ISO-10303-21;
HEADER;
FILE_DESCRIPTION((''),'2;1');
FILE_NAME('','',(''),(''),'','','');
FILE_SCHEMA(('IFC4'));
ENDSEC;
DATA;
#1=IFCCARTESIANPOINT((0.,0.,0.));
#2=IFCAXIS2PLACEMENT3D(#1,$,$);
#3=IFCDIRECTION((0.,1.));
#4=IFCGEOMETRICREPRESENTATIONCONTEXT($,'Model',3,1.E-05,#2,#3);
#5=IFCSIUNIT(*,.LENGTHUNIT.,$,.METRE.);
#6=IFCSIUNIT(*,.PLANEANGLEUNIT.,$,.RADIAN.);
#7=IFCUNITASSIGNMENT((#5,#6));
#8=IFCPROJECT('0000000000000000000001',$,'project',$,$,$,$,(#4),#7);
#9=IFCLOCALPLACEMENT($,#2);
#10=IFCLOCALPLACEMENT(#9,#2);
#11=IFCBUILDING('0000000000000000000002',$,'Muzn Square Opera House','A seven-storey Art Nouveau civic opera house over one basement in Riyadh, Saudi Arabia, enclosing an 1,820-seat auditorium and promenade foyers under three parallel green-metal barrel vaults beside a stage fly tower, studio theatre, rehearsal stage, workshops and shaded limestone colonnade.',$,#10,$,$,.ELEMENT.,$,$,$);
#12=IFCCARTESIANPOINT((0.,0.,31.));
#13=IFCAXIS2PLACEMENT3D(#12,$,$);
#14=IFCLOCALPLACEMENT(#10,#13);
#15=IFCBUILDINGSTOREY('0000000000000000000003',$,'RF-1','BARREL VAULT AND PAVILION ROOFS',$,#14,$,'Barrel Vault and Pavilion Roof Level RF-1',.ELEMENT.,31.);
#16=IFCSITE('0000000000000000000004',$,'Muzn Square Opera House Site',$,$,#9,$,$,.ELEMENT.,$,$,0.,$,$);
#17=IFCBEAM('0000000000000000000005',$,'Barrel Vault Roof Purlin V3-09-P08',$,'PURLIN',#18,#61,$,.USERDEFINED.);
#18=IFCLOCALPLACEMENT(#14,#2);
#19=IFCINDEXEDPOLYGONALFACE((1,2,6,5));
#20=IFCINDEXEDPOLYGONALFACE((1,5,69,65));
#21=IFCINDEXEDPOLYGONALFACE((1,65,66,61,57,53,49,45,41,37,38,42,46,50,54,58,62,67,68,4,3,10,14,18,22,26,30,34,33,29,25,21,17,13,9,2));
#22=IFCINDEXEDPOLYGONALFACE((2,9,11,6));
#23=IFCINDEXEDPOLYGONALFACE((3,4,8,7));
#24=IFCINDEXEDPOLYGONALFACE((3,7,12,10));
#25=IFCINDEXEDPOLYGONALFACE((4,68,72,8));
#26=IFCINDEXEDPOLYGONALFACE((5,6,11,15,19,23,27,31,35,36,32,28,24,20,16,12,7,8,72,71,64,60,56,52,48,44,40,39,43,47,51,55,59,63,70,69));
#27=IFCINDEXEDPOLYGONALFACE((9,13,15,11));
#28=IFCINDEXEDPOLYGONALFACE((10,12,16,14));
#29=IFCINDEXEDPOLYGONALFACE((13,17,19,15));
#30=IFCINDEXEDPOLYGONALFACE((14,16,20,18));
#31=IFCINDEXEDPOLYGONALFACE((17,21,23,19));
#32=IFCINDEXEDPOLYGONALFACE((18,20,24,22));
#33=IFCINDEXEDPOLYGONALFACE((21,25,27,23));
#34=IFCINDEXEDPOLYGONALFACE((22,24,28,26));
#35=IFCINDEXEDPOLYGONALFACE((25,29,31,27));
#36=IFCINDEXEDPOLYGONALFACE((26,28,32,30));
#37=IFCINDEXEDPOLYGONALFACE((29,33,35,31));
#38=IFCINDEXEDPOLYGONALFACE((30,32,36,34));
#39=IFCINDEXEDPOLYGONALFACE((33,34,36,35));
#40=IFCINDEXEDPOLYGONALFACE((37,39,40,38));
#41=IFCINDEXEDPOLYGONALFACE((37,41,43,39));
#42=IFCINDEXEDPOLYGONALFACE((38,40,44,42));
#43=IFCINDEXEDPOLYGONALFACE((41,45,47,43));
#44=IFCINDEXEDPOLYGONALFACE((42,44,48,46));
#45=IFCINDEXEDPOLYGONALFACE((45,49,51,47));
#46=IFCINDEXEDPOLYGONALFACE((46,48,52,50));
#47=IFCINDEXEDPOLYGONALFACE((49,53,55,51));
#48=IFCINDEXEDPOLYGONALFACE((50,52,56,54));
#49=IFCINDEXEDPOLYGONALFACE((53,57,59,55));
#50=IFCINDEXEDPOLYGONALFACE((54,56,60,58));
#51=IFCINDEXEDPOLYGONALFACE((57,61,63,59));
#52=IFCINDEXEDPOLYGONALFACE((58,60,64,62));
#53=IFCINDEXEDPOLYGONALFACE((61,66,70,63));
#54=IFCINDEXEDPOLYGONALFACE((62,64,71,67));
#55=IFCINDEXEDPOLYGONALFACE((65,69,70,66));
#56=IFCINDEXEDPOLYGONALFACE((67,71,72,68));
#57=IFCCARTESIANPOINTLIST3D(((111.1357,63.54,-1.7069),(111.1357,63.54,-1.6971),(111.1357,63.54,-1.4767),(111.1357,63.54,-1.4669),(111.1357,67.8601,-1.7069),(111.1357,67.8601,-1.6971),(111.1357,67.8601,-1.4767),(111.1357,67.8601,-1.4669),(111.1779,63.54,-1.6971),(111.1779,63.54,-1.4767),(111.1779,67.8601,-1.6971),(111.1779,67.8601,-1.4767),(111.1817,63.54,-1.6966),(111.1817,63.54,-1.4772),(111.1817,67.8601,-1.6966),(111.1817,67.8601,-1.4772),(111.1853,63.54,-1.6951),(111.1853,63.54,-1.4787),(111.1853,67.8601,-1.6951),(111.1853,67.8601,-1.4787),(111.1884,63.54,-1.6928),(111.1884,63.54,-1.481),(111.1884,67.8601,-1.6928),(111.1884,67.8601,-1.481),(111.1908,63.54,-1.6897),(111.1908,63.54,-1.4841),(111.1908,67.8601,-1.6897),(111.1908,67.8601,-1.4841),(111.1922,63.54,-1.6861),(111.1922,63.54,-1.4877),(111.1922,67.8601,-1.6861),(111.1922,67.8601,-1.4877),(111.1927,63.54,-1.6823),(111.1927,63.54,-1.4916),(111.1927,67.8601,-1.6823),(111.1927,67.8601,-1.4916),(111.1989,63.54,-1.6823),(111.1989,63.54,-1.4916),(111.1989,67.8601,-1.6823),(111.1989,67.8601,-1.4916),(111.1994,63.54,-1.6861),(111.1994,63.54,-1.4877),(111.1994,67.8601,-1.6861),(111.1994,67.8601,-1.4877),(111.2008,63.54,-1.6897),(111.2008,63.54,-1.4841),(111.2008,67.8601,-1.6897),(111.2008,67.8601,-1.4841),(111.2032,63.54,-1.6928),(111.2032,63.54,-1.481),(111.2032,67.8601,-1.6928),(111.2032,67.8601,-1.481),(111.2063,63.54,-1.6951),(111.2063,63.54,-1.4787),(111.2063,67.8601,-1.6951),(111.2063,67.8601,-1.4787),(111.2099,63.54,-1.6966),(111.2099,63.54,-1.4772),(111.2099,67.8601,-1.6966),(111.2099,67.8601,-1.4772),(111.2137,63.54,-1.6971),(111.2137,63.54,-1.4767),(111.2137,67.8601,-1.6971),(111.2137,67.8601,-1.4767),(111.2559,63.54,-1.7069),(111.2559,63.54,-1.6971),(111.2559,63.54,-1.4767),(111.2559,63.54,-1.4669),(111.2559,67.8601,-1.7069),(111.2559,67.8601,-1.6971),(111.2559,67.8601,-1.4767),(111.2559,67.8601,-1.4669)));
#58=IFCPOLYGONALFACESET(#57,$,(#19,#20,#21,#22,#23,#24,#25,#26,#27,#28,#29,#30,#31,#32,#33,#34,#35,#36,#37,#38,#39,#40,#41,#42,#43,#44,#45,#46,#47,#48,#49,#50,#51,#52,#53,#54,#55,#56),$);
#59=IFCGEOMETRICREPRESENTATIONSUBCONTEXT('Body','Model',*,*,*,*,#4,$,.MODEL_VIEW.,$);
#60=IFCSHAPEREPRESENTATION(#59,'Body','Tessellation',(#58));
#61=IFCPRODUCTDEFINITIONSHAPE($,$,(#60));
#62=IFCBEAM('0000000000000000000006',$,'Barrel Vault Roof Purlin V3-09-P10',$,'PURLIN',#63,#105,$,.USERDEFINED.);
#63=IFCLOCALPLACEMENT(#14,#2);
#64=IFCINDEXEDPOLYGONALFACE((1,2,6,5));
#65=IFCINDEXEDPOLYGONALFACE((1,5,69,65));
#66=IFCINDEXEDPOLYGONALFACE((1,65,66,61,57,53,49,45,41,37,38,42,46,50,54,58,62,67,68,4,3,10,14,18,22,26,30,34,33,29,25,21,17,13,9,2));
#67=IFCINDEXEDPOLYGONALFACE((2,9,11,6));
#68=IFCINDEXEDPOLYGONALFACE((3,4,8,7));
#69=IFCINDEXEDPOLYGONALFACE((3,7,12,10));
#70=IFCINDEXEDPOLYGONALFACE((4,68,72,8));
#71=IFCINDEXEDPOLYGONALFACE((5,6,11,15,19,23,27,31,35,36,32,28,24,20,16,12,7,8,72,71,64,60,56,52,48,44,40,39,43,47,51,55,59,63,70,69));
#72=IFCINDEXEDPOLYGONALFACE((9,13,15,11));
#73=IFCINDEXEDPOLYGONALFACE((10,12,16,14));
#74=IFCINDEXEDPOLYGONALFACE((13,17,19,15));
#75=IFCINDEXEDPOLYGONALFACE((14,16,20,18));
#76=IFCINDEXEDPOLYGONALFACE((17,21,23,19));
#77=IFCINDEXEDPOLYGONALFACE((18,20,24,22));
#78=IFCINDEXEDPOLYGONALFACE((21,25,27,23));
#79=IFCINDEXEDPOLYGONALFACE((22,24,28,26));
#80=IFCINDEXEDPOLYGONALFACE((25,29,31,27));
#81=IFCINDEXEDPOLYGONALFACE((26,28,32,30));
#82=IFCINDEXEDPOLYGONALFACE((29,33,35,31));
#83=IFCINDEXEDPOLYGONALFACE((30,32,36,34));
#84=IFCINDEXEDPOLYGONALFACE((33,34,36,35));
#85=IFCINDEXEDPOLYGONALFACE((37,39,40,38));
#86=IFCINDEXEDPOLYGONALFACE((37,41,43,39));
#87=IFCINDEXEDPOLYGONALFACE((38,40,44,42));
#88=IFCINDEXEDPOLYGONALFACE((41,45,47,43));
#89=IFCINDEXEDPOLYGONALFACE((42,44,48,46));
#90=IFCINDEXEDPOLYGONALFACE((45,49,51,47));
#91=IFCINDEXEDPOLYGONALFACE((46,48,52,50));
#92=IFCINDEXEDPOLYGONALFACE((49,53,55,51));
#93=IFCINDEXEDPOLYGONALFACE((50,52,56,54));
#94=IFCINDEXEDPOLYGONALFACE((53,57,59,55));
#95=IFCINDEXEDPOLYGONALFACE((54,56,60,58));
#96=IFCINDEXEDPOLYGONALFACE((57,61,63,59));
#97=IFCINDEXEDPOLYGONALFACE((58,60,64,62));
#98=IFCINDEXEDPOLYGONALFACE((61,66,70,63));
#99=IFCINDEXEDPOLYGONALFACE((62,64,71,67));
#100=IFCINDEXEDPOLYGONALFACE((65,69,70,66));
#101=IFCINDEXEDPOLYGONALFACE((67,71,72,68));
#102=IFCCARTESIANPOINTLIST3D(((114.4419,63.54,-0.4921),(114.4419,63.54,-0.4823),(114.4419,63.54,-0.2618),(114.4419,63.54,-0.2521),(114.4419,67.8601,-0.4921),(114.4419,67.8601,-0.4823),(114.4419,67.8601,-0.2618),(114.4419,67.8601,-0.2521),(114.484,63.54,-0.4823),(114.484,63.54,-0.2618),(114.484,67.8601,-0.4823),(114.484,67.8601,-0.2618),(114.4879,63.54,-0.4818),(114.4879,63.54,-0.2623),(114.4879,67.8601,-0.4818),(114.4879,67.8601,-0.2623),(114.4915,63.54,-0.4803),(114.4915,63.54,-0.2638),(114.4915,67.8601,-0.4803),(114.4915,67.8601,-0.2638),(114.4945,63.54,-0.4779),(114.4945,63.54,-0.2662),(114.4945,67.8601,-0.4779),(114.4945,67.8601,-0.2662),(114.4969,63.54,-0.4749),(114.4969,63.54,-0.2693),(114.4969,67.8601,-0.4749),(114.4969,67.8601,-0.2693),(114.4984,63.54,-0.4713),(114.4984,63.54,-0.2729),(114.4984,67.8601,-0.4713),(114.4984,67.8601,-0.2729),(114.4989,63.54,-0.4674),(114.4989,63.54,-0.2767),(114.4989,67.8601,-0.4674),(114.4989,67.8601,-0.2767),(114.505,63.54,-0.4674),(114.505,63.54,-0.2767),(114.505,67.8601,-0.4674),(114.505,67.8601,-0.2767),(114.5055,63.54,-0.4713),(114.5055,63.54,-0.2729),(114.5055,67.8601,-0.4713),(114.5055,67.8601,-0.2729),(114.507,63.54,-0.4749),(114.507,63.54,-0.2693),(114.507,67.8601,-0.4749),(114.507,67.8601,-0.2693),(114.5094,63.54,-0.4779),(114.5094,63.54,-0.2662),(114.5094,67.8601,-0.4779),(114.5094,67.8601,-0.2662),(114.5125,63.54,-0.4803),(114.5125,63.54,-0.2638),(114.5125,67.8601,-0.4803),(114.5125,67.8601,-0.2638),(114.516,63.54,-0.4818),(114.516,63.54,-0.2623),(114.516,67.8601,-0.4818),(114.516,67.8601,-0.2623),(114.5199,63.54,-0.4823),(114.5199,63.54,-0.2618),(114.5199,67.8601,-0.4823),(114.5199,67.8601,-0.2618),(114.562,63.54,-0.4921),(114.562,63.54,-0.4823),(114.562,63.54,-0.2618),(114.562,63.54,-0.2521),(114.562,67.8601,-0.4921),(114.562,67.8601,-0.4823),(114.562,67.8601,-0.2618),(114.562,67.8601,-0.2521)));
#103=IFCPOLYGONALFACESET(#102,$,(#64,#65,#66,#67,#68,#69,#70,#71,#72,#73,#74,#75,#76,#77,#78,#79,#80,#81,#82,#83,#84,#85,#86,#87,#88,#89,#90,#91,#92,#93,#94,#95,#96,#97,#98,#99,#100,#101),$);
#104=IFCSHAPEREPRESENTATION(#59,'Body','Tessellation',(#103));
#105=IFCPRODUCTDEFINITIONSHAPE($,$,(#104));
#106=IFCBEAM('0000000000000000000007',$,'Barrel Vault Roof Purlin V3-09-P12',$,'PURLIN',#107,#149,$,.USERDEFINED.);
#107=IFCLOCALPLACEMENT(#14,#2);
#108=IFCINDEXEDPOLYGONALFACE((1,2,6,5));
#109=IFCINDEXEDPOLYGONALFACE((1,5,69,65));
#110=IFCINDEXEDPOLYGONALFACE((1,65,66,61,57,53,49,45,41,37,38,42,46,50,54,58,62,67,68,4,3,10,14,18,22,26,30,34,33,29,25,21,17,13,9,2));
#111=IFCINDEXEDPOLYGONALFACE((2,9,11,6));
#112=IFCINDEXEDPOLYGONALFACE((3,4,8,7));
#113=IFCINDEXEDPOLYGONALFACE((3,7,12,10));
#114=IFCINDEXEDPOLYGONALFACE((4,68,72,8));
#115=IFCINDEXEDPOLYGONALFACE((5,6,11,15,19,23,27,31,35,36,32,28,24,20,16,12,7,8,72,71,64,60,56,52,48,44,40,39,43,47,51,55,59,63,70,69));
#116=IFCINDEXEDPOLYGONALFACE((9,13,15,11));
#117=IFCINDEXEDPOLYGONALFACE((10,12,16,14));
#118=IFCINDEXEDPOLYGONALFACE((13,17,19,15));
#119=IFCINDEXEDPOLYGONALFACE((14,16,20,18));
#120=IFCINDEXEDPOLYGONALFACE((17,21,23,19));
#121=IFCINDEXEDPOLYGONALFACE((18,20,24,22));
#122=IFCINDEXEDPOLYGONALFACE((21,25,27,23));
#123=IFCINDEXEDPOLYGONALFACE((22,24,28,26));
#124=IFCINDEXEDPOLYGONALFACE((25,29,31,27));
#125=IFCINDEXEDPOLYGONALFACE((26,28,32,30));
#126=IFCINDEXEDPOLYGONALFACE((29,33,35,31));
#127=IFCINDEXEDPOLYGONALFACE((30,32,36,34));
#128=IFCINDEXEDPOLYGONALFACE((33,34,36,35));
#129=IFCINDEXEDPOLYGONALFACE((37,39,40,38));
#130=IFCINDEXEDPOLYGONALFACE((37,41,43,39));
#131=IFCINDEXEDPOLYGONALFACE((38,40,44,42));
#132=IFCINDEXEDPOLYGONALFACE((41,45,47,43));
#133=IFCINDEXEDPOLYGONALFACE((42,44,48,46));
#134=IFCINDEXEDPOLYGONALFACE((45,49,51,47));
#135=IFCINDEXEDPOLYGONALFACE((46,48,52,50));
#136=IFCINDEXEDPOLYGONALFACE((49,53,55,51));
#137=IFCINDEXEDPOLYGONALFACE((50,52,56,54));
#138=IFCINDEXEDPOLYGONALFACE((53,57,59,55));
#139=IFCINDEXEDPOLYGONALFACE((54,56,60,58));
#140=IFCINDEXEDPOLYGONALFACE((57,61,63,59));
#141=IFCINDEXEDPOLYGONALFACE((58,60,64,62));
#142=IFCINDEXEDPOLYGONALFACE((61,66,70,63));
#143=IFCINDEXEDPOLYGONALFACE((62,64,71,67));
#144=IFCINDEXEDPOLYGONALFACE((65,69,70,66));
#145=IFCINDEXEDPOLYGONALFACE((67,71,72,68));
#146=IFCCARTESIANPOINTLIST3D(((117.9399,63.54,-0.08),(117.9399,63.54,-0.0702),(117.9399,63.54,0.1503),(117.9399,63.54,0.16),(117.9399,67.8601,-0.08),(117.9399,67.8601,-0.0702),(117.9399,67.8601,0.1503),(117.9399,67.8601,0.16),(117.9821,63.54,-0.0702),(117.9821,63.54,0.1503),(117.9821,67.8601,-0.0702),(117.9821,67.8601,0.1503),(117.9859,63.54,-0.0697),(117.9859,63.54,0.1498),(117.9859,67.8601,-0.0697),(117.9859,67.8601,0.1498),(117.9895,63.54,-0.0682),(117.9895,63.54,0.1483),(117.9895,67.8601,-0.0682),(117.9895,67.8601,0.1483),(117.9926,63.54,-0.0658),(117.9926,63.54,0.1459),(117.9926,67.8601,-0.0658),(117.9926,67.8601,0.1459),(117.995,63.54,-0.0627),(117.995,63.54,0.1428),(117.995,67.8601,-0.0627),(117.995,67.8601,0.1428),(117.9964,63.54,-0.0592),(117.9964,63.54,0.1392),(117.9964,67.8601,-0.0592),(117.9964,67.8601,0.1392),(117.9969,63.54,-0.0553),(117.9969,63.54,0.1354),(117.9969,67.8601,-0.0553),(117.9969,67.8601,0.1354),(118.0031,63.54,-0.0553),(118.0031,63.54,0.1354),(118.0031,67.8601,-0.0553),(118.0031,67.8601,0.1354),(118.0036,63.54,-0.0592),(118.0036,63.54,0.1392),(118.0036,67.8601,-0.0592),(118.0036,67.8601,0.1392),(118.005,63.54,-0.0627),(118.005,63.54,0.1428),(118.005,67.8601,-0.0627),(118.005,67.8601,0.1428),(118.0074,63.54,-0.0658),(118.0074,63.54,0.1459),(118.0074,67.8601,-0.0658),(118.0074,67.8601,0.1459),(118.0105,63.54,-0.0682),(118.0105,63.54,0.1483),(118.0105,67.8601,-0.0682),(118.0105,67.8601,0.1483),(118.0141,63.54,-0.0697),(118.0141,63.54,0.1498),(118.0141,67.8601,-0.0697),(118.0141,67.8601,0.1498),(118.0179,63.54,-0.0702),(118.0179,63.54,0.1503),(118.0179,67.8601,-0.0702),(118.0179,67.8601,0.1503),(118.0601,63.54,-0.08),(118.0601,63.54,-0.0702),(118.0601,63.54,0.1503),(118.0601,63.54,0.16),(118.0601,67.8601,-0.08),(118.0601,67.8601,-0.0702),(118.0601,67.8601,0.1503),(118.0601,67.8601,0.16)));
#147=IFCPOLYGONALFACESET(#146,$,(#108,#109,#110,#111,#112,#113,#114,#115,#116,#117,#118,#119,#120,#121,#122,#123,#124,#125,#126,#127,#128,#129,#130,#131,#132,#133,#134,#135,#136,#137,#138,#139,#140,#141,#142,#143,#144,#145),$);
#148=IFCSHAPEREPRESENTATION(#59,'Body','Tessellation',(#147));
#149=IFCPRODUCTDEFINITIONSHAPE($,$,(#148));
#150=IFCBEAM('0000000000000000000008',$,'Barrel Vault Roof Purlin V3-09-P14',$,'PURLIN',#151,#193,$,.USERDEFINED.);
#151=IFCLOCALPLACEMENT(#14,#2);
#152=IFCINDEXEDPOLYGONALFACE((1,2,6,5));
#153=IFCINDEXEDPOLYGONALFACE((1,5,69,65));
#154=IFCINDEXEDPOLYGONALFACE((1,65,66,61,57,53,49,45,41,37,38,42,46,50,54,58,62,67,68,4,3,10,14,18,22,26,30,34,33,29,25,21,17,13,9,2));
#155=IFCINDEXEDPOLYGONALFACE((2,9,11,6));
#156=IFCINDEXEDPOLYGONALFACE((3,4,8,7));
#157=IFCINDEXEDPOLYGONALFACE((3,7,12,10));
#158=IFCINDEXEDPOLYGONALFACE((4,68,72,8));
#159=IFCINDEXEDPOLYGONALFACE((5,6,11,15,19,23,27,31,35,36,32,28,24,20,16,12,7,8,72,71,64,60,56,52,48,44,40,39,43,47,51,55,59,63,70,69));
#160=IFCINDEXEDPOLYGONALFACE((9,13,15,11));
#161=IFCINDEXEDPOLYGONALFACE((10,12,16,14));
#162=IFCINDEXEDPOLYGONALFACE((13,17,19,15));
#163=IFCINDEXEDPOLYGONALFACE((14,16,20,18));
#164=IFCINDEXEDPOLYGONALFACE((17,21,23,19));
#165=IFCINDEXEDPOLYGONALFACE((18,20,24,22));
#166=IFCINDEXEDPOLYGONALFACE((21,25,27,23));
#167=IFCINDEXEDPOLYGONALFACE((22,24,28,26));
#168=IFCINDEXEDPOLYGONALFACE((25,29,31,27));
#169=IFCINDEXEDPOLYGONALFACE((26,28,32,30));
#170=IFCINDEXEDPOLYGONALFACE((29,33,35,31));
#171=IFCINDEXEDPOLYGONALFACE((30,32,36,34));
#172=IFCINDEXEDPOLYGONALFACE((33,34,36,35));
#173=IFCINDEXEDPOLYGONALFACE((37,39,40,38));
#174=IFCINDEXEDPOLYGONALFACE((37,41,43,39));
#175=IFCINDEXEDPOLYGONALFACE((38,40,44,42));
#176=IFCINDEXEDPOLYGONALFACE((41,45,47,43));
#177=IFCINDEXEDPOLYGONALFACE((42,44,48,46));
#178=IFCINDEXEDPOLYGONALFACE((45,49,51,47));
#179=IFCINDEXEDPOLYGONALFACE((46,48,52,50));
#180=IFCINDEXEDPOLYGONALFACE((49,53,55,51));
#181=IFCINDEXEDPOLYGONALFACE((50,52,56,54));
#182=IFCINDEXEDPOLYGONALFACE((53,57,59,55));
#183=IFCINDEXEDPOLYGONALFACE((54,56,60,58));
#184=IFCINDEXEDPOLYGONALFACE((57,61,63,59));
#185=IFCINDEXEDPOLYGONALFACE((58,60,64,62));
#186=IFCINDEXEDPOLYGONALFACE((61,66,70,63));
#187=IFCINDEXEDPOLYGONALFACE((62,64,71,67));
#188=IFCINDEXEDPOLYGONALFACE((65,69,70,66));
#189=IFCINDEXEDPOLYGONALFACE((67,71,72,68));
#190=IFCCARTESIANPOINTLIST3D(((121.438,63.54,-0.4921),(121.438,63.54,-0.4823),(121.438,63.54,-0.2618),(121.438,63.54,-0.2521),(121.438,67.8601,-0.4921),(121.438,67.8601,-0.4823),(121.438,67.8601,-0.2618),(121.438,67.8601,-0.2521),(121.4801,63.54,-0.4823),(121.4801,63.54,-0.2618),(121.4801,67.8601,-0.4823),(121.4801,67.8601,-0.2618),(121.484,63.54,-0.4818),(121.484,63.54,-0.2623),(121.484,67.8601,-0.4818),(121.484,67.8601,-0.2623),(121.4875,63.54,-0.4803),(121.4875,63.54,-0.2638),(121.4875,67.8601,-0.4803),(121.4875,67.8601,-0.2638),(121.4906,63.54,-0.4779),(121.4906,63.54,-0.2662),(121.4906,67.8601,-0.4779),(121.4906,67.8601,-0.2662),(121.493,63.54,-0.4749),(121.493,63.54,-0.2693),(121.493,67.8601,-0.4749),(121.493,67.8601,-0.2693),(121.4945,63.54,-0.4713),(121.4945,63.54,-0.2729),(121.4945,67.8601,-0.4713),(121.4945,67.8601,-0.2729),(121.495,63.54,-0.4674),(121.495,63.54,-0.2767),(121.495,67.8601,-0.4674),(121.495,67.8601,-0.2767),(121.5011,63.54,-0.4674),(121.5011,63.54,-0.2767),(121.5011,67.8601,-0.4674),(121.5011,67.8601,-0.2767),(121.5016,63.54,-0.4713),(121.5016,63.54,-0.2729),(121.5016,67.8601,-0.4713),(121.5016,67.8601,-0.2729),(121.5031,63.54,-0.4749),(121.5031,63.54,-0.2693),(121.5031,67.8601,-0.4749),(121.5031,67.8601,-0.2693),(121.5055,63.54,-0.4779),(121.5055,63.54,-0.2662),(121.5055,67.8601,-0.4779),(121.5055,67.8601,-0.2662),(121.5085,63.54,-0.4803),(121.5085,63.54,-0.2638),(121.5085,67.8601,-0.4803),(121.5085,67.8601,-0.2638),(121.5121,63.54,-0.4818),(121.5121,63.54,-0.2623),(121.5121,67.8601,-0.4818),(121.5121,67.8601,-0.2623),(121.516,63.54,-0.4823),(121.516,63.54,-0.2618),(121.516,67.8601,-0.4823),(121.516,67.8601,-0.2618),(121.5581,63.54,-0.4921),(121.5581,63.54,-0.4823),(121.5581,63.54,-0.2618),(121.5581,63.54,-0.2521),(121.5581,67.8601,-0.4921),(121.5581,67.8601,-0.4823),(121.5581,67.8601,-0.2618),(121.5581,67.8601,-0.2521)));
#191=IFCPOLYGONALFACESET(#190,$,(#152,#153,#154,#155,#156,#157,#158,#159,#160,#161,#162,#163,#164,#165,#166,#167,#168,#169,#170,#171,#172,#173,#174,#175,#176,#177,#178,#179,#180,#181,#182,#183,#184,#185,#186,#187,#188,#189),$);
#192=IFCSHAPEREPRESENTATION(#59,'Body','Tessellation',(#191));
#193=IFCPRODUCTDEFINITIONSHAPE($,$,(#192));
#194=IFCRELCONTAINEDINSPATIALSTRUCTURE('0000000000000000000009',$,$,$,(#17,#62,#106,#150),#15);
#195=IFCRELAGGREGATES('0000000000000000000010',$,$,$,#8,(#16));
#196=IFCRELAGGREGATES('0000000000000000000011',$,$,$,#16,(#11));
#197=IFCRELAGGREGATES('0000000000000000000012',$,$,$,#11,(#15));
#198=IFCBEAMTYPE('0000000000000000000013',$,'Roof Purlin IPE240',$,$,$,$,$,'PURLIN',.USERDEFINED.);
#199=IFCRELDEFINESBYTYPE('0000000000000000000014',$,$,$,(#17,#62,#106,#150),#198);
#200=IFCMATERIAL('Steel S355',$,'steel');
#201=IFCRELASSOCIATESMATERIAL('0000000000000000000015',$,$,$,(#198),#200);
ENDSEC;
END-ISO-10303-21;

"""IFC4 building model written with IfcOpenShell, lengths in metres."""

from ifc_helpers import new_model, si_unit, direction, frame, origin, origin_2d, place, context, subcontext, project, spatial, i_section, extrude, material, material_profile, profile_set, type_object, element, save


model = new_model("IFC4")

# Units and contexts
model_context = context("Model", 3, precision=1e-05, world=origin(), true_north=direction((0.0, 1.0)))
body_context = subcontext(model_context, "Body", "Model", "MODEL_VIEW")
ifc_project = project(units=[si_unit("LENGTHUNIT", "METRE"), si_unit("PLANEANGLEUNIT", "RADIAN")], contexts=[model_context])

# Site, building, storey
site_placement = place(None, origin())
site = spatial("IfcSite", under=ifc_project, at=site_placement, Name="Muzn Square Opera House Site", CompositionType="ELEMENT", RefElevation=0.0)
building_placement = place(site_placement, origin())
building = spatial("IfcBuilding", under=site, at=building_placement, Name="Muzn Square Opera House", Description="A seven-storey Art Nouveau civic opera house over one basement in Riyadh, Saudi Arabia, enclosing an 1,820-seat auditorium and promenade foyers under three parallel green-metal barrel vaults beside a stage fly tower, studio theatre, rehearsal stage, workshops and shaded limestone colonnade.", CompositionType="ELEMENT")
storey_placement = place(building_placement, frame((0.0, 0.0, 31.0)))
storey = spatial("IfcBuildingStorey", under=building, at=storey_placement, Name="RF-1", Description="BARREL VAULT AND PAVILION ROOFS", LongName="Barrel Vault and Pavilion Roof Level RF-1", CompositionType="ELEMENT", Elevation=31.0)

# Beams
ifc_material_1 = material(Name="Steel S355", Category="steel")
ifc_material_profile_1 = material_profile(ifc_material_1, i_section(OverallWidth=0.1201, OverallDepth=0.24, WebThickness=0.0061, FlangeThickness=0.0098, FilletRadius=0.0149, at=origin_2d()), Name="IPE 240", Category="steel")
ifc_profile_set_1 = profile_set([ifc_material_profile_1], Name="Steel S355")
beam_type_1 = type_object("IfcBeamType", Name="Roof Purlin IPE240", ElementType="PURLIN", PredefinedType="USERDEFINED", material=ifc_profile_set_1)
for number, where, z_axis, x_axis, name in (
    (1, (111.1958, 63.54, -1.5869), (0.0, 1.0, 0.0), (-1.0, 0.0, 0.0), "Barrel Vault Roof Purlin V3-09-P08"),
    (2, (114.502, 63.54, -0.3721), (0.0, 1.0, 0.0), (-1.0, 0.0, 0.0), "Barrel Vault Roof Purlin V3-09-P10"),
    (3, (118.0, 63.54, 0.04), (0.0, 1.0, 0.0), (-1.0, 0.0, 0.0), "Barrel Vault Roof Purlin V3-09-P12"),
    (4, (121.498, 63.54, -0.3721), (0.0, 1.0, 0.0), (-1.0, 0.0, 0.0), "Barrel Vault Roof Purlin V3-09-P14"),
):
    element("IfcBeam", number, at=place(storey_placement, frame(where, z_axis=z_axis, x_axis=x_axis)), inside=storey, type_object=beam_type_1, Name=name, ObjectType="PURLIN", PredefinedType="USERDEFINED", context=body_context, shape_type="SweptSolid", body=[
        extrude(i_section(OverallWidth=0.1201, OverallDepth=0.24, WebThickness=0.0061, FlangeThickness=0.0098, FilletRadius=0.0149, at=origin_2d()), origin(), (0.0, 0.0, 1.0), 4.3201),
    ])

save(model, "model.ifc")
